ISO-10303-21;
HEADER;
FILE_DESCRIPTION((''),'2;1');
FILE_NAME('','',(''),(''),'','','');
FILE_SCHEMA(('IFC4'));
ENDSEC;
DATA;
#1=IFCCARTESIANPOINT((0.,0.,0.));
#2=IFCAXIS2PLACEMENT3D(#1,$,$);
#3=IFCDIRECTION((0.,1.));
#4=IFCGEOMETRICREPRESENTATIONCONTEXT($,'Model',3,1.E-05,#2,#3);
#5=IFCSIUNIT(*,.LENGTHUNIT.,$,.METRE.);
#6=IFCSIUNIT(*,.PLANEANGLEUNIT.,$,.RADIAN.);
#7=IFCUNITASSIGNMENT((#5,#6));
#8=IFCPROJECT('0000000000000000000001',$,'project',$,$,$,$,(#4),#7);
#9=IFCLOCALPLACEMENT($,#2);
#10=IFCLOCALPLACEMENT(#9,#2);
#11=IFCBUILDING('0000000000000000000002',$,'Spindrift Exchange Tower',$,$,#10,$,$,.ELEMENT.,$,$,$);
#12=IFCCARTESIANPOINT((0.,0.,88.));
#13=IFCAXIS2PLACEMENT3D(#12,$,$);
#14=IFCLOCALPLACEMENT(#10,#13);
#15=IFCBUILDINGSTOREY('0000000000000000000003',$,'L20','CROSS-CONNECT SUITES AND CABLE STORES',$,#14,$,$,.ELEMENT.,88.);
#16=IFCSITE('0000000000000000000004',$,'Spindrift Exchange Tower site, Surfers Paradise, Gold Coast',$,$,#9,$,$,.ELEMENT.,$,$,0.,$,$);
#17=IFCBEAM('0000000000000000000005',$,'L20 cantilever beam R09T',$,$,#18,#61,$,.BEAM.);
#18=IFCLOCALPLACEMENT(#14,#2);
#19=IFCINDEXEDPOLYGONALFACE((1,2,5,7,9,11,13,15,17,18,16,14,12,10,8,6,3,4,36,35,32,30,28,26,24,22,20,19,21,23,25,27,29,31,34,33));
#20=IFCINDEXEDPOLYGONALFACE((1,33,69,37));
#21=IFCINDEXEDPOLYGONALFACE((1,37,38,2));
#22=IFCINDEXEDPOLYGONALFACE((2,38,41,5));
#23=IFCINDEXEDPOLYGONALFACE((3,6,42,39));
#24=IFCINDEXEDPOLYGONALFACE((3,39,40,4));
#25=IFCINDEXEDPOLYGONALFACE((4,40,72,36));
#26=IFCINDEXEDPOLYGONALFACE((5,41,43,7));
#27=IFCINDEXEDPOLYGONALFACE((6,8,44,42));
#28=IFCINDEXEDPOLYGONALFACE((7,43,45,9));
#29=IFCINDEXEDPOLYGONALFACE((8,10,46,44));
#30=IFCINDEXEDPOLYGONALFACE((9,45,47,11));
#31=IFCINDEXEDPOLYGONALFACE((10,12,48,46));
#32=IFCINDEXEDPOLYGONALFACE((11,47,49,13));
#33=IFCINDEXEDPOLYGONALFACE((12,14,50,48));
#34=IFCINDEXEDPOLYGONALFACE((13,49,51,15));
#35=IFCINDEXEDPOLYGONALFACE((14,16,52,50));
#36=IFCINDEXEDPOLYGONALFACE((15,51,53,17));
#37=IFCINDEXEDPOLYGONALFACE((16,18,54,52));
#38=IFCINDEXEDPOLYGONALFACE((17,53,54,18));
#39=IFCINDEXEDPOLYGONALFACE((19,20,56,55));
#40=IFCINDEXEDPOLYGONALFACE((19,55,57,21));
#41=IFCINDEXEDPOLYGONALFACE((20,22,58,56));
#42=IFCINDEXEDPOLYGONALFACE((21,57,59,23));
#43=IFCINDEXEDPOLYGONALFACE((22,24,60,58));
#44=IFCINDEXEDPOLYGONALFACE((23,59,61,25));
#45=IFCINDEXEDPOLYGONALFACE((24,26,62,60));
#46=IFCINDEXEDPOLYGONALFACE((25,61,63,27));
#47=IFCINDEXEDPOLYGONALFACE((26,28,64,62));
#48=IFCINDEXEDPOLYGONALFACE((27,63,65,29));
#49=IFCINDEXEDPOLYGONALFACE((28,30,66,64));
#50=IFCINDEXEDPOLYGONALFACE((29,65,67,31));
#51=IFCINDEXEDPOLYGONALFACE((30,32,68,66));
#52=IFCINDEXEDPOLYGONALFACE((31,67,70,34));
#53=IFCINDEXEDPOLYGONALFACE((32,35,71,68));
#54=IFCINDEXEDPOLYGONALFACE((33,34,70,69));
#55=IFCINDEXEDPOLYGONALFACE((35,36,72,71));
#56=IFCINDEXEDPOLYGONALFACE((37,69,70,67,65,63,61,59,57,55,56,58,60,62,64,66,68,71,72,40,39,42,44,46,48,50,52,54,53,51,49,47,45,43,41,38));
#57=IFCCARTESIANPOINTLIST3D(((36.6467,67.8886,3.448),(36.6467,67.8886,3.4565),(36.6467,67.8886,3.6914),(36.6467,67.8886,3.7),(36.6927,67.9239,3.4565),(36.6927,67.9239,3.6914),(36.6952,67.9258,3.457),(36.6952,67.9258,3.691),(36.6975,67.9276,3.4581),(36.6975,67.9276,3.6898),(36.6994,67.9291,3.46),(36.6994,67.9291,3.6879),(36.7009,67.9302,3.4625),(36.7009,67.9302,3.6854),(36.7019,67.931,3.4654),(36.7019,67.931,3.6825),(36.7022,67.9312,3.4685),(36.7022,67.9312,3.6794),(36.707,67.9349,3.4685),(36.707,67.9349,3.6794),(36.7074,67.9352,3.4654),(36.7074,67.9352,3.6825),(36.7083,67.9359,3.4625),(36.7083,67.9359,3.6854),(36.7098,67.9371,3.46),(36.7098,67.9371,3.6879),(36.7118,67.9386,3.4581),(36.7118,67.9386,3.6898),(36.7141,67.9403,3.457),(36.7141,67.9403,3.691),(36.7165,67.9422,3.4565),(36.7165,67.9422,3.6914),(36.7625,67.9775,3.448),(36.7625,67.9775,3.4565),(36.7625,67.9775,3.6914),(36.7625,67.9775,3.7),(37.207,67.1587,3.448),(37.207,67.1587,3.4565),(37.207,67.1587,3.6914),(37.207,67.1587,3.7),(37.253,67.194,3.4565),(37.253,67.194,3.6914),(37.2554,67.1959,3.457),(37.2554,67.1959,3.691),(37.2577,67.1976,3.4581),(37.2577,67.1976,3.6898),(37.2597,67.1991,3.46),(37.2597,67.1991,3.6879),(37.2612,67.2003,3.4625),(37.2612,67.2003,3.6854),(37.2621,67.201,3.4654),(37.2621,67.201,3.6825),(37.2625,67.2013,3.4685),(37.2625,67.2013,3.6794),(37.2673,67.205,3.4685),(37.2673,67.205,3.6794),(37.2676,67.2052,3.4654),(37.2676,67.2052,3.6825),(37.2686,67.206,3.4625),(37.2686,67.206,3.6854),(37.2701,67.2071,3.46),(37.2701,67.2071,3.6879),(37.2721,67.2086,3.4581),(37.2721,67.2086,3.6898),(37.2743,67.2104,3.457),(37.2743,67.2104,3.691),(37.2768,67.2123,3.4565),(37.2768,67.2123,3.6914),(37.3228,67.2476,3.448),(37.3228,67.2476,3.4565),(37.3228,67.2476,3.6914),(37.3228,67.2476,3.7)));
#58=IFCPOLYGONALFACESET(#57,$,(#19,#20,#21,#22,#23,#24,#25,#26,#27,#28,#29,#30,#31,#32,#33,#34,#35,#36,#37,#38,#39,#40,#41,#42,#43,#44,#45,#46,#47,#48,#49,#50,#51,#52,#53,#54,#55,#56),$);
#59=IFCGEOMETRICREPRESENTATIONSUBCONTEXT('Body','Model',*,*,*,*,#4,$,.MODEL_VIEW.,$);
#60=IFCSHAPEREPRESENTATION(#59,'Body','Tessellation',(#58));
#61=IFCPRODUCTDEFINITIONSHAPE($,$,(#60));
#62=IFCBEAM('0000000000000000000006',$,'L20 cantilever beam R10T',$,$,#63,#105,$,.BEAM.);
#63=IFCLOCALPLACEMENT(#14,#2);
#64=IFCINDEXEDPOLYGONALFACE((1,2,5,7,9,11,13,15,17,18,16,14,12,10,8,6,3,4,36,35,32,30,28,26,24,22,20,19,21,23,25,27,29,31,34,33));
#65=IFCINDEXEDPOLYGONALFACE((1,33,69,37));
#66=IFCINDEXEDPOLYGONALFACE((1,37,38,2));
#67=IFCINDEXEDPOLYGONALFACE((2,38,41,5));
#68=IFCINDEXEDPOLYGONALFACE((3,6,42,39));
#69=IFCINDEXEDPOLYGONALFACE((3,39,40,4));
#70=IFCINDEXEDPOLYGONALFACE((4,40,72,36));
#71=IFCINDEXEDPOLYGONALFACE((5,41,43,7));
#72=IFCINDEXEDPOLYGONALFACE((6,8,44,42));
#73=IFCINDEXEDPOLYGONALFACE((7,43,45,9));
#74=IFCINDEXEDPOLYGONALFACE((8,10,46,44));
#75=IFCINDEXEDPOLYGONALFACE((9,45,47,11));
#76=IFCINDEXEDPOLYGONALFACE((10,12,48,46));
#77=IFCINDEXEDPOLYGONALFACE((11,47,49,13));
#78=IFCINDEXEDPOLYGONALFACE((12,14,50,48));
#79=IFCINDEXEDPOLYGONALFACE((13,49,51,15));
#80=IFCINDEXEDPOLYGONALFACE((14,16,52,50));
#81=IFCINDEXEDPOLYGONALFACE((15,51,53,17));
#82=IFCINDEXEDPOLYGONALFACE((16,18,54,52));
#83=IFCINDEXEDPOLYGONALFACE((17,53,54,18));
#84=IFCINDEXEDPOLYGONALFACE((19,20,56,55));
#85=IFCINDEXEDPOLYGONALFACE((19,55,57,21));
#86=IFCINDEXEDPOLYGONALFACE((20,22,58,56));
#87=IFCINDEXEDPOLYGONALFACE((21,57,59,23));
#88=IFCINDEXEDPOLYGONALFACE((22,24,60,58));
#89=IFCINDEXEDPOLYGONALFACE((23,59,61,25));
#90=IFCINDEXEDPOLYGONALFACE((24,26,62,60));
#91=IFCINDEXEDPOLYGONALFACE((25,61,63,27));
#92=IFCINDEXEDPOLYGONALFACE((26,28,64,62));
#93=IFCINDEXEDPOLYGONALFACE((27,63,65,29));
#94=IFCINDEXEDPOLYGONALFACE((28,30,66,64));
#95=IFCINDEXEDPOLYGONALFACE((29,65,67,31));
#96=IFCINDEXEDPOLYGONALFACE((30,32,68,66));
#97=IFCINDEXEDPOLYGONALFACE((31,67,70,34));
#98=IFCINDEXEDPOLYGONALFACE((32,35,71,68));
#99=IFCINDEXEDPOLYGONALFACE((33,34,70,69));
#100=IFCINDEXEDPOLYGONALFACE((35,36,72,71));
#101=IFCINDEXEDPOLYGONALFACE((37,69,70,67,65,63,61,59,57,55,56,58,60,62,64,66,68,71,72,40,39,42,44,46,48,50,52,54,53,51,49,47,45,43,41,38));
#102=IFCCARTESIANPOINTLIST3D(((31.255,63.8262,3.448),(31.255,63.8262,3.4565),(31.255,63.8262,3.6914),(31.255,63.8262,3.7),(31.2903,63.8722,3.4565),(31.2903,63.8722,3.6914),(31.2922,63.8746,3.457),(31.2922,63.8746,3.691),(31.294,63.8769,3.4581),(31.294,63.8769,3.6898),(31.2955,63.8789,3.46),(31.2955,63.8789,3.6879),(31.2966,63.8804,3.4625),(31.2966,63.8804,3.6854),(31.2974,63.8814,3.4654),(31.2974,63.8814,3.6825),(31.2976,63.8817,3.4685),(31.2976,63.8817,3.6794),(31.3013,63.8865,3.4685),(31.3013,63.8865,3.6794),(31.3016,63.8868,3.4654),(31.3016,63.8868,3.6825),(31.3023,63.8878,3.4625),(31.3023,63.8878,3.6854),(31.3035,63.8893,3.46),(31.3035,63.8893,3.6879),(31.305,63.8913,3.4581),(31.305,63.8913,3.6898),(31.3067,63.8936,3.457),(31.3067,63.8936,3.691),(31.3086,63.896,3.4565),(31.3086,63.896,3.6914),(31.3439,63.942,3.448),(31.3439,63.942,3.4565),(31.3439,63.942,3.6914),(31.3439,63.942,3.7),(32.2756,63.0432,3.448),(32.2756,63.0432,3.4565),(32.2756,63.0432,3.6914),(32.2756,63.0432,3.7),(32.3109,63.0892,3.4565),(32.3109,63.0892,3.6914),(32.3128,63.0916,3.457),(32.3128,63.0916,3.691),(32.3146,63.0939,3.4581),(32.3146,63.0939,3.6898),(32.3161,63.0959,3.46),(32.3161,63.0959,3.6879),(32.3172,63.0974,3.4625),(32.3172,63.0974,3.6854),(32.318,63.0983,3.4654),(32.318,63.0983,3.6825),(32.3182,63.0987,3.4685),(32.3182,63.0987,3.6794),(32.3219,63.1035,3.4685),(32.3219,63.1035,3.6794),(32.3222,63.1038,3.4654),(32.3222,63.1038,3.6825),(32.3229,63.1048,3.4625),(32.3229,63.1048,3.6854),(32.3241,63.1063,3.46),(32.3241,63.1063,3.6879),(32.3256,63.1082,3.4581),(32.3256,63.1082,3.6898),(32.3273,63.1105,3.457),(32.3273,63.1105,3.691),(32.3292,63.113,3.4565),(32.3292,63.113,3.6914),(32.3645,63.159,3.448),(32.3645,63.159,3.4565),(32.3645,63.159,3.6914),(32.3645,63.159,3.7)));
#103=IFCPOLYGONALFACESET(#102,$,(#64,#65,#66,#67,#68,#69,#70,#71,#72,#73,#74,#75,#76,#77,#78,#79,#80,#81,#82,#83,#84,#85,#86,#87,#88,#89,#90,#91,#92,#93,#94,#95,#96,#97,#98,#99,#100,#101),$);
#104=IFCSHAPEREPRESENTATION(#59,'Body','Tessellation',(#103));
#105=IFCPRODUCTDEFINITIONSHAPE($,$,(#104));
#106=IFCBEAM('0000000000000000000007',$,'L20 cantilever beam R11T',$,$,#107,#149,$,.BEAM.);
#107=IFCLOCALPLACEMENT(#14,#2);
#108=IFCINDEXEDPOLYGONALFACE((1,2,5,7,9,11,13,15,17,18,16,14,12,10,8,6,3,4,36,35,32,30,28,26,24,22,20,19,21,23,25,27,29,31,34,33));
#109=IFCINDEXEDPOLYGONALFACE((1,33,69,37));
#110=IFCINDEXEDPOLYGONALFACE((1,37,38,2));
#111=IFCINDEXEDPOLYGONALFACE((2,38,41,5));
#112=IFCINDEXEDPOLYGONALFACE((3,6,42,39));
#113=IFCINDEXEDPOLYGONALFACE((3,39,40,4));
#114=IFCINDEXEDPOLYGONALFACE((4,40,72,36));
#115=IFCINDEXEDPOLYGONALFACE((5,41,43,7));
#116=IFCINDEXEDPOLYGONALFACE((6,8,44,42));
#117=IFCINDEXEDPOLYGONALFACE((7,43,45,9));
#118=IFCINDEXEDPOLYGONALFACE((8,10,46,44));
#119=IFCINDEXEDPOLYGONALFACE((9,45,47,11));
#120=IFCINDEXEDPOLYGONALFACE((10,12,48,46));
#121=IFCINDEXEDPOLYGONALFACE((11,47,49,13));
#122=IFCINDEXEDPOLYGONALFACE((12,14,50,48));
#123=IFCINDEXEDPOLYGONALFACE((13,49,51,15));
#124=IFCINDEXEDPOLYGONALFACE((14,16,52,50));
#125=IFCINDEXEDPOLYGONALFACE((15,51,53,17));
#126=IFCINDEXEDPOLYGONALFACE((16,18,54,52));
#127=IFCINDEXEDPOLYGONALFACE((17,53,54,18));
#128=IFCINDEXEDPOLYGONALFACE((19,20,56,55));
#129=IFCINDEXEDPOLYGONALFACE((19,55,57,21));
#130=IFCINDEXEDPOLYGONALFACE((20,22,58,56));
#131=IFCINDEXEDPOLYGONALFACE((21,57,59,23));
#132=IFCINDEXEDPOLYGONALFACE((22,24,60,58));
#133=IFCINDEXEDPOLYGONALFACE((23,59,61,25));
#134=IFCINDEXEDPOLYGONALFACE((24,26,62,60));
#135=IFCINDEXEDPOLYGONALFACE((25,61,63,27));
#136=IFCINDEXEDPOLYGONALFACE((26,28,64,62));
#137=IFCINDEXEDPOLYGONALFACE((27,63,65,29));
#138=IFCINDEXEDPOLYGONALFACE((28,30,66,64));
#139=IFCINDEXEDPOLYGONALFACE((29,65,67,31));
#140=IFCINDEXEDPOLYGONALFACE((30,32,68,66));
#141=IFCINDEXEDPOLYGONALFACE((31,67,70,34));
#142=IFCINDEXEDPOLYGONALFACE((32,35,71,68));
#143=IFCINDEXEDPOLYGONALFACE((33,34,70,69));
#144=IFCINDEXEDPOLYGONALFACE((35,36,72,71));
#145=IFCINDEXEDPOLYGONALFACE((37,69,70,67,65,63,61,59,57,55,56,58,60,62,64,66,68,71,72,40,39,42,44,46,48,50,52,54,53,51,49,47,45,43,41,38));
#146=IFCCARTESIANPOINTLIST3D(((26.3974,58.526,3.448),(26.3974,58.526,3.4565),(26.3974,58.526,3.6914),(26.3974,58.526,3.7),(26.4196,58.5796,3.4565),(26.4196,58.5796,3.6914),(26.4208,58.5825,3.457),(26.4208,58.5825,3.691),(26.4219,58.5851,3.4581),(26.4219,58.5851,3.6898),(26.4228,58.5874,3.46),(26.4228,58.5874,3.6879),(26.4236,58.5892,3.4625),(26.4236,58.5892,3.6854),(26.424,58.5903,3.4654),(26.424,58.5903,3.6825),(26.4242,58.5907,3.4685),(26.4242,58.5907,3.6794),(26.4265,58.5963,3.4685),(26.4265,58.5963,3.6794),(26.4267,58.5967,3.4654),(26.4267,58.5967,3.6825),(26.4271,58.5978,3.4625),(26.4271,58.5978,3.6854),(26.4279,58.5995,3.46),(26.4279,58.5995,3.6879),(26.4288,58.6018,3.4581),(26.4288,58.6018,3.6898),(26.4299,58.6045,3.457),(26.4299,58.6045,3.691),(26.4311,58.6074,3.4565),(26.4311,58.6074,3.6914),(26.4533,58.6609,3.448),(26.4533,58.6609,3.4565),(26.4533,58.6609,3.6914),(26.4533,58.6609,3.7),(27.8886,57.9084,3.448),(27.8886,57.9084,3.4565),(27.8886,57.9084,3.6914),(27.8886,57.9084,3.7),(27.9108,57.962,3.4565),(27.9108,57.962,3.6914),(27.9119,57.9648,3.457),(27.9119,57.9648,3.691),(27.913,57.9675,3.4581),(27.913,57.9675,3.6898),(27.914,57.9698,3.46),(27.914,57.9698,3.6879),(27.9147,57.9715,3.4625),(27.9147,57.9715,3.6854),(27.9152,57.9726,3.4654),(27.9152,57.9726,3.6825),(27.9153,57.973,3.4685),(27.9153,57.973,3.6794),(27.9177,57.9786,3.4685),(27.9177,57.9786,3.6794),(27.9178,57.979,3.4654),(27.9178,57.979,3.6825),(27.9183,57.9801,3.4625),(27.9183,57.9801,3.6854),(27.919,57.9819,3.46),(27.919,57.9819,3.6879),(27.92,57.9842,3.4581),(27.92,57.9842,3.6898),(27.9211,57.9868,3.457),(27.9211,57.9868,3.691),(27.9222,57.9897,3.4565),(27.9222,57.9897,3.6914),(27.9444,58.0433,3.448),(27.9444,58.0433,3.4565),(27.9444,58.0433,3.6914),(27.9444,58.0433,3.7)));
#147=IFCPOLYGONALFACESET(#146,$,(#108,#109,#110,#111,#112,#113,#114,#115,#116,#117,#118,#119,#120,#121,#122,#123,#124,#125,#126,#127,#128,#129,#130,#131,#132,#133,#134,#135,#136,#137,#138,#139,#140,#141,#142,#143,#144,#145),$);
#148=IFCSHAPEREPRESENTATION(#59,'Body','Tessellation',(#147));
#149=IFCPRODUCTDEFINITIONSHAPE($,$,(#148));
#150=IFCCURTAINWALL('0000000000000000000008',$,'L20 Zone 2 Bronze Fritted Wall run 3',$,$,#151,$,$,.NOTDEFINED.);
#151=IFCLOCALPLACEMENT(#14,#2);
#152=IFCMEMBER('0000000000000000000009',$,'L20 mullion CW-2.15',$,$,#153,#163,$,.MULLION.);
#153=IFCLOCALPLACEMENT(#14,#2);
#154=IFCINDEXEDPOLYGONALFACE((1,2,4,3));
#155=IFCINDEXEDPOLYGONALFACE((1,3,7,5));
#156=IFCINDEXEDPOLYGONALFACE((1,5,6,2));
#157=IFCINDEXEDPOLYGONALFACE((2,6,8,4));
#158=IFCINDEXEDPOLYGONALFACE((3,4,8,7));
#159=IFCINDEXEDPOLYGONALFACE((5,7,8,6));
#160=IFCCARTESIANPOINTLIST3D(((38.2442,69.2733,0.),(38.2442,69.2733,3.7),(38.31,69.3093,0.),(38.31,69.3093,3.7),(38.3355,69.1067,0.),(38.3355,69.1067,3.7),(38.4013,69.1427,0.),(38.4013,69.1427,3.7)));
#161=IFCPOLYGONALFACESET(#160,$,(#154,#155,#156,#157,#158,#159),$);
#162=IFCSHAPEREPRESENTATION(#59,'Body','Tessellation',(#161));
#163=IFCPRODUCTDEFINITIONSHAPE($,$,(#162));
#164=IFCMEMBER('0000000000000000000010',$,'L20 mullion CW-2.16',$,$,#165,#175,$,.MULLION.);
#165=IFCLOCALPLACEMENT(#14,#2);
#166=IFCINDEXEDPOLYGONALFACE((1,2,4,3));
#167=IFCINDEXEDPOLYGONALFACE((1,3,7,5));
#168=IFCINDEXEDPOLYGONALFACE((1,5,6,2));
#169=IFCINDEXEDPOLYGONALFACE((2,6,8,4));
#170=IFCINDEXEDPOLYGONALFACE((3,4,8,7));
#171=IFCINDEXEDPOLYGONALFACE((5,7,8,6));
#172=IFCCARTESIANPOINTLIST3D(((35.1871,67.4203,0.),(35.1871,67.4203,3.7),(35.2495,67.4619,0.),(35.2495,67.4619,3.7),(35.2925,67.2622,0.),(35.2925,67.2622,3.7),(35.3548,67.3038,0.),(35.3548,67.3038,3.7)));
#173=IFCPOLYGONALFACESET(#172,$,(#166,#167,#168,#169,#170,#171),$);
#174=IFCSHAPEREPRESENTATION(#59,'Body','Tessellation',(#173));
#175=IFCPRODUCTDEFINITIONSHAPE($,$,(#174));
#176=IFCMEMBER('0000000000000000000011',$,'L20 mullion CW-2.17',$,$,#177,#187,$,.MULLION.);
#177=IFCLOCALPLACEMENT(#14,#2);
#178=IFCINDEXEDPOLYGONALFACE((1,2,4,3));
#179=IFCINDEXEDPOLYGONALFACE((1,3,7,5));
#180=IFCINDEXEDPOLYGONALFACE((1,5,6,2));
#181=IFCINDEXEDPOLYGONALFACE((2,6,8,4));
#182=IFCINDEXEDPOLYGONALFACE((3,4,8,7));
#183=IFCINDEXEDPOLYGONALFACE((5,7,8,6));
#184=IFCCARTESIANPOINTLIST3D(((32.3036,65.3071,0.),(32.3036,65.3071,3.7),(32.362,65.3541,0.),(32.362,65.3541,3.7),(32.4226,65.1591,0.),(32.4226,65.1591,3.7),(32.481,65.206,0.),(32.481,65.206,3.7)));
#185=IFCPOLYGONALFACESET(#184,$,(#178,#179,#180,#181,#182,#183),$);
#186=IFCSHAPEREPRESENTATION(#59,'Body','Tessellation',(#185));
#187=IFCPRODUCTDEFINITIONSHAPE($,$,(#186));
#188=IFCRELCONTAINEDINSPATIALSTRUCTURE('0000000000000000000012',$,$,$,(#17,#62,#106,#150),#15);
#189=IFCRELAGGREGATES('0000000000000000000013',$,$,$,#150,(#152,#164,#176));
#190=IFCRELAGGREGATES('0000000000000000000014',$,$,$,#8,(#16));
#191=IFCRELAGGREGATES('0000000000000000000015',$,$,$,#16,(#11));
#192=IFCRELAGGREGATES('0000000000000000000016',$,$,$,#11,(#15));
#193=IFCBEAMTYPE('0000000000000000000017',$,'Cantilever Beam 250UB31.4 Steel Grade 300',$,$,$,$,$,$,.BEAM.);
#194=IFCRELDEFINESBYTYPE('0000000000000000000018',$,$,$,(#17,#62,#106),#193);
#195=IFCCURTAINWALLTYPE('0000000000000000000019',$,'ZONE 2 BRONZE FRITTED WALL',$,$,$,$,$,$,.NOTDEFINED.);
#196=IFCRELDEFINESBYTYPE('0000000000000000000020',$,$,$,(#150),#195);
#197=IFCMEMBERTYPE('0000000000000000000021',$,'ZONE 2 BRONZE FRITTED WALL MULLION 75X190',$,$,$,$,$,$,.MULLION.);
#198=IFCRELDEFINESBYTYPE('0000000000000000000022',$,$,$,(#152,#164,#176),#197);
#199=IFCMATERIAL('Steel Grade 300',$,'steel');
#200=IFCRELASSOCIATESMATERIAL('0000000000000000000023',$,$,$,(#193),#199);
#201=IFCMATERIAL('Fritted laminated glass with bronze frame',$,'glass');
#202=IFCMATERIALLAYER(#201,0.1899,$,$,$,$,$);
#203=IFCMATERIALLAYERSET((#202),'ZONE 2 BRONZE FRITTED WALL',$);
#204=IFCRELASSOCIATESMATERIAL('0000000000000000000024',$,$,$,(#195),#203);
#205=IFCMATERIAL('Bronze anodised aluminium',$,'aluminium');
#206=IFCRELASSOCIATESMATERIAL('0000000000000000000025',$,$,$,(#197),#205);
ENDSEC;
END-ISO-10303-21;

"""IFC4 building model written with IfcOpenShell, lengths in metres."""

from ifc_helpers import new_model, si_unit, direction, frame, origin, origin_2d, place, context, subcontext, project, spatial, rectangle, i_section, extrude, source, transform, mapped, material, layer, layer_set, material_profile, profile_set, type_object, element, aggregate, save


model = new_model("IFC4")

# Units and contexts
model_context = context("Model", 3, precision=1e-05, world=origin(), true_north=direction((0.0, 1.0)))
body_context = subcontext(model_context, "Body", "Model", "MODEL_VIEW")
ifc_project = project(units=[si_unit("LENGTHUNIT", "METRE"), si_unit("PLANEANGLEUNIT", "RADIAN")], contexts=[model_context])

# Site, building, storey
site_placement = place(None, origin())
site = spatial("IfcSite", under=ifc_project, at=site_placement, Name="Spindrift Exchange Tower site, Surfers Paradise, Gold Coast", CompositionType="ELEMENT", RefElevation=0.0)
building_placement = place(site_placement, origin())
building = spatial("IfcBuilding", under=site, at=building_placement, Name="Spindrift Exchange Tower", CompositionType="ELEMENT")
storey_placement = place(building_placement, frame((0.0, 0.0, 88.0)))
storey = spatial("IfcBuildingStorey", under=building, at=storey_placement, Name="L20", Description="CROSS-CONNECT SUITES AND CABLE STORES", CompositionType="ELEMENT", Elevation=88.0)

# Beams
ifc_material_1 = material(Name="Steel Grade 300", Category="steel")
ifc_material_profile_1 = material_profile(ifc_material_1, i_section(OverallWidth=0.146, OverallDepth=0.252, WebThickness=0.0061, FlangeThickness=0.0085, FilletRadius=0.012, at=origin_2d()), Name="250UB31.4")
ifc_profile_set_1 = profile_set([ifc_material_profile_1], Name="Steel Grade 300")
beam_type_1 = type_object("IfcBeamType", Name="Cantilever Beam 250UB31.4 Steel Grade 300", PredefinedType="BEAM", material=ifc_profile_set_1)
shared_shape_1 = source(origin(), body_context, "Body", "SweptSolid", [
    extrude(i_section(OverallWidth=0.146, OverallDepth=0.252, WebThickness=0.0061, FlangeThickness=0.0085, FilletRadius=0.012, at=origin_2d()), origin(), (0.0, 0.0, 1.0), 0.9202),
])
beam_1_placement = place(storey_placement, frame((37.2649, 67.2031, 3.574), z_axis=(-0.608877, 0.793265, 0.0), x_axis=(-0.793265, -0.608877, 0.0)))
element("IfcBeam", 1, at=beam_1_placement, inside=storey, type_object=beam_type_1, Name="L20 cantilever beam R09T", PredefinedType="BEAM", context=body_context, shape_type="MappedRepresentation", body=[
    mapped(shared_shape_1, transform((0.0, 0.0, 0.0), scale=1.0)),
])
shared_shape_2 = source(origin(), body_context, "Body", "SweptSolid", [
    extrude(i_section(OverallWidth=0.146, OverallDepth=0.252, WebThickness=0.0061, FlangeThickness=0.0085, FilletRadius=0.012, at=origin_2d()), origin(), (0.0, 0.0, 1.0), 1.2864),
])
beam_2_placement = place(storey_placement, frame((32.3201, 63.1011, 3.574), z_axis=(-0.793392, 0.60871, 0.0), x_axis=(-0.60871, -0.793392, 0.0)))
element("IfcBeam", 2, at=beam_2_placement, inside=storey, type_object=beam_type_1, Name="L20 cantilever beam R10T", PredefinedType="BEAM", context=body_context, shape_type="MappedRepresentation", body=[
    mapped(shared_shape_2, transform((0.0, 0.0, 0.0), scale=1.0)),
])
shared_shape_3 = source(origin(), body_context, "Body", "SweptSolid", [
    extrude(i_section(OverallWidth=0.146, OverallDepth=0.252, WebThickness=0.0061, FlangeThickness=0.0085, FilletRadius=0.012, at=origin_2d()), origin(), (0.0, 0.0, 1.0), 1.614),
])
beam_3_placement = place(storey_placement, frame((27.9165, 57.9758, 3.574), z_axis=(-0.92388, 0.382681, 0.0), x_axis=(-0.382681, -0.92388, 0.0)))
element("IfcBeam", 3, at=beam_3_placement, inside=storey, type_object=beam_type_1, Name="L20 cantilever beam R11T", PredefinedType="BEAM", context=body_context, shape_type="MappedRepresentation", body=[
    mapped(shared_shape_3, transform((0.0, 0.0, 0.0), scale=1.0)),
])

# Curtain wall, members
ifc_material_2 = material(Name="Fritted laminated glass with bronze frame", Category="glass")
ifc_layer_1 = layer(ifc_material_2, 0.1899)
ifc_layer_set_1 = layer_set([ifc_layer_1], Name="ZONE 2 BRONZE FRITTED WALL")
curtain_wall_type = type_object("IfcCurtainWallType", Name="ZONE 2 BRONZE FRITTED WALL", PredefinedType="NOTDEFINED", material=ifc_layer_set_1)
curtain_wall_1_placement = place(storey_placement, origin())
curtain_wall_1 = element("IfcCurtainWall", 4, at=curtain_wall_1_placement, inside=storey, type_object=curtain_wall_type, Name="L20 Zone 2 Bronze Fritted Wall run 3", PredefinedType="NOTDEFINED")
ifc_material_3 = material(Name="Bronze anodised aluminium", Category="aluminium")
ifc_material_profile_2 = material_profile(ifc_material_3, rectangle(XDim=0.075, YDim=0.1899, at=origin_2d()), Name="ZONE 2 BRONZE FRITTED WALL MULLION 75X190")
ifc_profile_set_2 = profile_set([ifc_material_profile_2], Name="Bronze anodised aluminium")
member_type_1 = type_object("IfcMemberType", Name="ZONE 2 BRONZE FRITTED WALL MULLION 75X190", PredefinedType="MULLION", material=ifc_profile_set_2)
shared_shape_4 = source(origin(), body_context, "Body", "SweptSolid", [
    extrude(rectangle(XDim=0.075, YDim=0.1899, at=origin_2d()), origin(), (0.0, 0.0, 1.0), 3.7),
])
member_1_placement = place(storey_placement, frame((38.3228, 69.208, 0.0), z_axis=(0.0, 0.0, 1.0), x_axis=(-0.876928, -0.480622, 0.0)))
member_1 = element("IfcMember", 5, at=member_1_placement, type_object=member_type_1, Name="L20 mullion CW-2.15", PredefinedType="MULLION", context=body_context, shape_type="MappedRepresentation", body=[
    mapped(shared_shape_4, transform((0.0, 0.0, 0.0), scale=1.0)),
])
member_2_placement = place(storey_placement, frame((35.271, 67.3621, 0.0), z_axis=(0.0, 0.0, 1.0), x_axis=(-0.83219, -0.55449, 0.0)))
member_2 = element("IfcMember", 6, at=member_2_placement, type_object=member_type_1, Name="L20 mullion CW-2.16", PredefinedType="MULLION", context=body_context, shape_type="MappedRepresentation", body=[
    mapped(shared_shape_4, transform((0.0, 0.0, 0.0), scale=1.0)),
])
member_3_placement = place(storey_placement, frame((32.3923, 65.2566, 0.0), z_axis=(0.0, 0.0, 1.0), x_axis=(-0.779423, -0.626498, 0.0)))
member_3 = element("IfcMember", 7, at=member_3_placement, type_object=member_type_1, Name="L20 mullion CW-2.17", PredefinedType="MULLION", context=body_context, shape_type="MappedRepresentation", body=[
    mapped(shared_shape_4, transform((0.0, 0.0, 0.0), scale=1.0)),
])

aggregate(curtain_wall_1, [member_1, member_2, member_3])

save(model, "model.ifc")
